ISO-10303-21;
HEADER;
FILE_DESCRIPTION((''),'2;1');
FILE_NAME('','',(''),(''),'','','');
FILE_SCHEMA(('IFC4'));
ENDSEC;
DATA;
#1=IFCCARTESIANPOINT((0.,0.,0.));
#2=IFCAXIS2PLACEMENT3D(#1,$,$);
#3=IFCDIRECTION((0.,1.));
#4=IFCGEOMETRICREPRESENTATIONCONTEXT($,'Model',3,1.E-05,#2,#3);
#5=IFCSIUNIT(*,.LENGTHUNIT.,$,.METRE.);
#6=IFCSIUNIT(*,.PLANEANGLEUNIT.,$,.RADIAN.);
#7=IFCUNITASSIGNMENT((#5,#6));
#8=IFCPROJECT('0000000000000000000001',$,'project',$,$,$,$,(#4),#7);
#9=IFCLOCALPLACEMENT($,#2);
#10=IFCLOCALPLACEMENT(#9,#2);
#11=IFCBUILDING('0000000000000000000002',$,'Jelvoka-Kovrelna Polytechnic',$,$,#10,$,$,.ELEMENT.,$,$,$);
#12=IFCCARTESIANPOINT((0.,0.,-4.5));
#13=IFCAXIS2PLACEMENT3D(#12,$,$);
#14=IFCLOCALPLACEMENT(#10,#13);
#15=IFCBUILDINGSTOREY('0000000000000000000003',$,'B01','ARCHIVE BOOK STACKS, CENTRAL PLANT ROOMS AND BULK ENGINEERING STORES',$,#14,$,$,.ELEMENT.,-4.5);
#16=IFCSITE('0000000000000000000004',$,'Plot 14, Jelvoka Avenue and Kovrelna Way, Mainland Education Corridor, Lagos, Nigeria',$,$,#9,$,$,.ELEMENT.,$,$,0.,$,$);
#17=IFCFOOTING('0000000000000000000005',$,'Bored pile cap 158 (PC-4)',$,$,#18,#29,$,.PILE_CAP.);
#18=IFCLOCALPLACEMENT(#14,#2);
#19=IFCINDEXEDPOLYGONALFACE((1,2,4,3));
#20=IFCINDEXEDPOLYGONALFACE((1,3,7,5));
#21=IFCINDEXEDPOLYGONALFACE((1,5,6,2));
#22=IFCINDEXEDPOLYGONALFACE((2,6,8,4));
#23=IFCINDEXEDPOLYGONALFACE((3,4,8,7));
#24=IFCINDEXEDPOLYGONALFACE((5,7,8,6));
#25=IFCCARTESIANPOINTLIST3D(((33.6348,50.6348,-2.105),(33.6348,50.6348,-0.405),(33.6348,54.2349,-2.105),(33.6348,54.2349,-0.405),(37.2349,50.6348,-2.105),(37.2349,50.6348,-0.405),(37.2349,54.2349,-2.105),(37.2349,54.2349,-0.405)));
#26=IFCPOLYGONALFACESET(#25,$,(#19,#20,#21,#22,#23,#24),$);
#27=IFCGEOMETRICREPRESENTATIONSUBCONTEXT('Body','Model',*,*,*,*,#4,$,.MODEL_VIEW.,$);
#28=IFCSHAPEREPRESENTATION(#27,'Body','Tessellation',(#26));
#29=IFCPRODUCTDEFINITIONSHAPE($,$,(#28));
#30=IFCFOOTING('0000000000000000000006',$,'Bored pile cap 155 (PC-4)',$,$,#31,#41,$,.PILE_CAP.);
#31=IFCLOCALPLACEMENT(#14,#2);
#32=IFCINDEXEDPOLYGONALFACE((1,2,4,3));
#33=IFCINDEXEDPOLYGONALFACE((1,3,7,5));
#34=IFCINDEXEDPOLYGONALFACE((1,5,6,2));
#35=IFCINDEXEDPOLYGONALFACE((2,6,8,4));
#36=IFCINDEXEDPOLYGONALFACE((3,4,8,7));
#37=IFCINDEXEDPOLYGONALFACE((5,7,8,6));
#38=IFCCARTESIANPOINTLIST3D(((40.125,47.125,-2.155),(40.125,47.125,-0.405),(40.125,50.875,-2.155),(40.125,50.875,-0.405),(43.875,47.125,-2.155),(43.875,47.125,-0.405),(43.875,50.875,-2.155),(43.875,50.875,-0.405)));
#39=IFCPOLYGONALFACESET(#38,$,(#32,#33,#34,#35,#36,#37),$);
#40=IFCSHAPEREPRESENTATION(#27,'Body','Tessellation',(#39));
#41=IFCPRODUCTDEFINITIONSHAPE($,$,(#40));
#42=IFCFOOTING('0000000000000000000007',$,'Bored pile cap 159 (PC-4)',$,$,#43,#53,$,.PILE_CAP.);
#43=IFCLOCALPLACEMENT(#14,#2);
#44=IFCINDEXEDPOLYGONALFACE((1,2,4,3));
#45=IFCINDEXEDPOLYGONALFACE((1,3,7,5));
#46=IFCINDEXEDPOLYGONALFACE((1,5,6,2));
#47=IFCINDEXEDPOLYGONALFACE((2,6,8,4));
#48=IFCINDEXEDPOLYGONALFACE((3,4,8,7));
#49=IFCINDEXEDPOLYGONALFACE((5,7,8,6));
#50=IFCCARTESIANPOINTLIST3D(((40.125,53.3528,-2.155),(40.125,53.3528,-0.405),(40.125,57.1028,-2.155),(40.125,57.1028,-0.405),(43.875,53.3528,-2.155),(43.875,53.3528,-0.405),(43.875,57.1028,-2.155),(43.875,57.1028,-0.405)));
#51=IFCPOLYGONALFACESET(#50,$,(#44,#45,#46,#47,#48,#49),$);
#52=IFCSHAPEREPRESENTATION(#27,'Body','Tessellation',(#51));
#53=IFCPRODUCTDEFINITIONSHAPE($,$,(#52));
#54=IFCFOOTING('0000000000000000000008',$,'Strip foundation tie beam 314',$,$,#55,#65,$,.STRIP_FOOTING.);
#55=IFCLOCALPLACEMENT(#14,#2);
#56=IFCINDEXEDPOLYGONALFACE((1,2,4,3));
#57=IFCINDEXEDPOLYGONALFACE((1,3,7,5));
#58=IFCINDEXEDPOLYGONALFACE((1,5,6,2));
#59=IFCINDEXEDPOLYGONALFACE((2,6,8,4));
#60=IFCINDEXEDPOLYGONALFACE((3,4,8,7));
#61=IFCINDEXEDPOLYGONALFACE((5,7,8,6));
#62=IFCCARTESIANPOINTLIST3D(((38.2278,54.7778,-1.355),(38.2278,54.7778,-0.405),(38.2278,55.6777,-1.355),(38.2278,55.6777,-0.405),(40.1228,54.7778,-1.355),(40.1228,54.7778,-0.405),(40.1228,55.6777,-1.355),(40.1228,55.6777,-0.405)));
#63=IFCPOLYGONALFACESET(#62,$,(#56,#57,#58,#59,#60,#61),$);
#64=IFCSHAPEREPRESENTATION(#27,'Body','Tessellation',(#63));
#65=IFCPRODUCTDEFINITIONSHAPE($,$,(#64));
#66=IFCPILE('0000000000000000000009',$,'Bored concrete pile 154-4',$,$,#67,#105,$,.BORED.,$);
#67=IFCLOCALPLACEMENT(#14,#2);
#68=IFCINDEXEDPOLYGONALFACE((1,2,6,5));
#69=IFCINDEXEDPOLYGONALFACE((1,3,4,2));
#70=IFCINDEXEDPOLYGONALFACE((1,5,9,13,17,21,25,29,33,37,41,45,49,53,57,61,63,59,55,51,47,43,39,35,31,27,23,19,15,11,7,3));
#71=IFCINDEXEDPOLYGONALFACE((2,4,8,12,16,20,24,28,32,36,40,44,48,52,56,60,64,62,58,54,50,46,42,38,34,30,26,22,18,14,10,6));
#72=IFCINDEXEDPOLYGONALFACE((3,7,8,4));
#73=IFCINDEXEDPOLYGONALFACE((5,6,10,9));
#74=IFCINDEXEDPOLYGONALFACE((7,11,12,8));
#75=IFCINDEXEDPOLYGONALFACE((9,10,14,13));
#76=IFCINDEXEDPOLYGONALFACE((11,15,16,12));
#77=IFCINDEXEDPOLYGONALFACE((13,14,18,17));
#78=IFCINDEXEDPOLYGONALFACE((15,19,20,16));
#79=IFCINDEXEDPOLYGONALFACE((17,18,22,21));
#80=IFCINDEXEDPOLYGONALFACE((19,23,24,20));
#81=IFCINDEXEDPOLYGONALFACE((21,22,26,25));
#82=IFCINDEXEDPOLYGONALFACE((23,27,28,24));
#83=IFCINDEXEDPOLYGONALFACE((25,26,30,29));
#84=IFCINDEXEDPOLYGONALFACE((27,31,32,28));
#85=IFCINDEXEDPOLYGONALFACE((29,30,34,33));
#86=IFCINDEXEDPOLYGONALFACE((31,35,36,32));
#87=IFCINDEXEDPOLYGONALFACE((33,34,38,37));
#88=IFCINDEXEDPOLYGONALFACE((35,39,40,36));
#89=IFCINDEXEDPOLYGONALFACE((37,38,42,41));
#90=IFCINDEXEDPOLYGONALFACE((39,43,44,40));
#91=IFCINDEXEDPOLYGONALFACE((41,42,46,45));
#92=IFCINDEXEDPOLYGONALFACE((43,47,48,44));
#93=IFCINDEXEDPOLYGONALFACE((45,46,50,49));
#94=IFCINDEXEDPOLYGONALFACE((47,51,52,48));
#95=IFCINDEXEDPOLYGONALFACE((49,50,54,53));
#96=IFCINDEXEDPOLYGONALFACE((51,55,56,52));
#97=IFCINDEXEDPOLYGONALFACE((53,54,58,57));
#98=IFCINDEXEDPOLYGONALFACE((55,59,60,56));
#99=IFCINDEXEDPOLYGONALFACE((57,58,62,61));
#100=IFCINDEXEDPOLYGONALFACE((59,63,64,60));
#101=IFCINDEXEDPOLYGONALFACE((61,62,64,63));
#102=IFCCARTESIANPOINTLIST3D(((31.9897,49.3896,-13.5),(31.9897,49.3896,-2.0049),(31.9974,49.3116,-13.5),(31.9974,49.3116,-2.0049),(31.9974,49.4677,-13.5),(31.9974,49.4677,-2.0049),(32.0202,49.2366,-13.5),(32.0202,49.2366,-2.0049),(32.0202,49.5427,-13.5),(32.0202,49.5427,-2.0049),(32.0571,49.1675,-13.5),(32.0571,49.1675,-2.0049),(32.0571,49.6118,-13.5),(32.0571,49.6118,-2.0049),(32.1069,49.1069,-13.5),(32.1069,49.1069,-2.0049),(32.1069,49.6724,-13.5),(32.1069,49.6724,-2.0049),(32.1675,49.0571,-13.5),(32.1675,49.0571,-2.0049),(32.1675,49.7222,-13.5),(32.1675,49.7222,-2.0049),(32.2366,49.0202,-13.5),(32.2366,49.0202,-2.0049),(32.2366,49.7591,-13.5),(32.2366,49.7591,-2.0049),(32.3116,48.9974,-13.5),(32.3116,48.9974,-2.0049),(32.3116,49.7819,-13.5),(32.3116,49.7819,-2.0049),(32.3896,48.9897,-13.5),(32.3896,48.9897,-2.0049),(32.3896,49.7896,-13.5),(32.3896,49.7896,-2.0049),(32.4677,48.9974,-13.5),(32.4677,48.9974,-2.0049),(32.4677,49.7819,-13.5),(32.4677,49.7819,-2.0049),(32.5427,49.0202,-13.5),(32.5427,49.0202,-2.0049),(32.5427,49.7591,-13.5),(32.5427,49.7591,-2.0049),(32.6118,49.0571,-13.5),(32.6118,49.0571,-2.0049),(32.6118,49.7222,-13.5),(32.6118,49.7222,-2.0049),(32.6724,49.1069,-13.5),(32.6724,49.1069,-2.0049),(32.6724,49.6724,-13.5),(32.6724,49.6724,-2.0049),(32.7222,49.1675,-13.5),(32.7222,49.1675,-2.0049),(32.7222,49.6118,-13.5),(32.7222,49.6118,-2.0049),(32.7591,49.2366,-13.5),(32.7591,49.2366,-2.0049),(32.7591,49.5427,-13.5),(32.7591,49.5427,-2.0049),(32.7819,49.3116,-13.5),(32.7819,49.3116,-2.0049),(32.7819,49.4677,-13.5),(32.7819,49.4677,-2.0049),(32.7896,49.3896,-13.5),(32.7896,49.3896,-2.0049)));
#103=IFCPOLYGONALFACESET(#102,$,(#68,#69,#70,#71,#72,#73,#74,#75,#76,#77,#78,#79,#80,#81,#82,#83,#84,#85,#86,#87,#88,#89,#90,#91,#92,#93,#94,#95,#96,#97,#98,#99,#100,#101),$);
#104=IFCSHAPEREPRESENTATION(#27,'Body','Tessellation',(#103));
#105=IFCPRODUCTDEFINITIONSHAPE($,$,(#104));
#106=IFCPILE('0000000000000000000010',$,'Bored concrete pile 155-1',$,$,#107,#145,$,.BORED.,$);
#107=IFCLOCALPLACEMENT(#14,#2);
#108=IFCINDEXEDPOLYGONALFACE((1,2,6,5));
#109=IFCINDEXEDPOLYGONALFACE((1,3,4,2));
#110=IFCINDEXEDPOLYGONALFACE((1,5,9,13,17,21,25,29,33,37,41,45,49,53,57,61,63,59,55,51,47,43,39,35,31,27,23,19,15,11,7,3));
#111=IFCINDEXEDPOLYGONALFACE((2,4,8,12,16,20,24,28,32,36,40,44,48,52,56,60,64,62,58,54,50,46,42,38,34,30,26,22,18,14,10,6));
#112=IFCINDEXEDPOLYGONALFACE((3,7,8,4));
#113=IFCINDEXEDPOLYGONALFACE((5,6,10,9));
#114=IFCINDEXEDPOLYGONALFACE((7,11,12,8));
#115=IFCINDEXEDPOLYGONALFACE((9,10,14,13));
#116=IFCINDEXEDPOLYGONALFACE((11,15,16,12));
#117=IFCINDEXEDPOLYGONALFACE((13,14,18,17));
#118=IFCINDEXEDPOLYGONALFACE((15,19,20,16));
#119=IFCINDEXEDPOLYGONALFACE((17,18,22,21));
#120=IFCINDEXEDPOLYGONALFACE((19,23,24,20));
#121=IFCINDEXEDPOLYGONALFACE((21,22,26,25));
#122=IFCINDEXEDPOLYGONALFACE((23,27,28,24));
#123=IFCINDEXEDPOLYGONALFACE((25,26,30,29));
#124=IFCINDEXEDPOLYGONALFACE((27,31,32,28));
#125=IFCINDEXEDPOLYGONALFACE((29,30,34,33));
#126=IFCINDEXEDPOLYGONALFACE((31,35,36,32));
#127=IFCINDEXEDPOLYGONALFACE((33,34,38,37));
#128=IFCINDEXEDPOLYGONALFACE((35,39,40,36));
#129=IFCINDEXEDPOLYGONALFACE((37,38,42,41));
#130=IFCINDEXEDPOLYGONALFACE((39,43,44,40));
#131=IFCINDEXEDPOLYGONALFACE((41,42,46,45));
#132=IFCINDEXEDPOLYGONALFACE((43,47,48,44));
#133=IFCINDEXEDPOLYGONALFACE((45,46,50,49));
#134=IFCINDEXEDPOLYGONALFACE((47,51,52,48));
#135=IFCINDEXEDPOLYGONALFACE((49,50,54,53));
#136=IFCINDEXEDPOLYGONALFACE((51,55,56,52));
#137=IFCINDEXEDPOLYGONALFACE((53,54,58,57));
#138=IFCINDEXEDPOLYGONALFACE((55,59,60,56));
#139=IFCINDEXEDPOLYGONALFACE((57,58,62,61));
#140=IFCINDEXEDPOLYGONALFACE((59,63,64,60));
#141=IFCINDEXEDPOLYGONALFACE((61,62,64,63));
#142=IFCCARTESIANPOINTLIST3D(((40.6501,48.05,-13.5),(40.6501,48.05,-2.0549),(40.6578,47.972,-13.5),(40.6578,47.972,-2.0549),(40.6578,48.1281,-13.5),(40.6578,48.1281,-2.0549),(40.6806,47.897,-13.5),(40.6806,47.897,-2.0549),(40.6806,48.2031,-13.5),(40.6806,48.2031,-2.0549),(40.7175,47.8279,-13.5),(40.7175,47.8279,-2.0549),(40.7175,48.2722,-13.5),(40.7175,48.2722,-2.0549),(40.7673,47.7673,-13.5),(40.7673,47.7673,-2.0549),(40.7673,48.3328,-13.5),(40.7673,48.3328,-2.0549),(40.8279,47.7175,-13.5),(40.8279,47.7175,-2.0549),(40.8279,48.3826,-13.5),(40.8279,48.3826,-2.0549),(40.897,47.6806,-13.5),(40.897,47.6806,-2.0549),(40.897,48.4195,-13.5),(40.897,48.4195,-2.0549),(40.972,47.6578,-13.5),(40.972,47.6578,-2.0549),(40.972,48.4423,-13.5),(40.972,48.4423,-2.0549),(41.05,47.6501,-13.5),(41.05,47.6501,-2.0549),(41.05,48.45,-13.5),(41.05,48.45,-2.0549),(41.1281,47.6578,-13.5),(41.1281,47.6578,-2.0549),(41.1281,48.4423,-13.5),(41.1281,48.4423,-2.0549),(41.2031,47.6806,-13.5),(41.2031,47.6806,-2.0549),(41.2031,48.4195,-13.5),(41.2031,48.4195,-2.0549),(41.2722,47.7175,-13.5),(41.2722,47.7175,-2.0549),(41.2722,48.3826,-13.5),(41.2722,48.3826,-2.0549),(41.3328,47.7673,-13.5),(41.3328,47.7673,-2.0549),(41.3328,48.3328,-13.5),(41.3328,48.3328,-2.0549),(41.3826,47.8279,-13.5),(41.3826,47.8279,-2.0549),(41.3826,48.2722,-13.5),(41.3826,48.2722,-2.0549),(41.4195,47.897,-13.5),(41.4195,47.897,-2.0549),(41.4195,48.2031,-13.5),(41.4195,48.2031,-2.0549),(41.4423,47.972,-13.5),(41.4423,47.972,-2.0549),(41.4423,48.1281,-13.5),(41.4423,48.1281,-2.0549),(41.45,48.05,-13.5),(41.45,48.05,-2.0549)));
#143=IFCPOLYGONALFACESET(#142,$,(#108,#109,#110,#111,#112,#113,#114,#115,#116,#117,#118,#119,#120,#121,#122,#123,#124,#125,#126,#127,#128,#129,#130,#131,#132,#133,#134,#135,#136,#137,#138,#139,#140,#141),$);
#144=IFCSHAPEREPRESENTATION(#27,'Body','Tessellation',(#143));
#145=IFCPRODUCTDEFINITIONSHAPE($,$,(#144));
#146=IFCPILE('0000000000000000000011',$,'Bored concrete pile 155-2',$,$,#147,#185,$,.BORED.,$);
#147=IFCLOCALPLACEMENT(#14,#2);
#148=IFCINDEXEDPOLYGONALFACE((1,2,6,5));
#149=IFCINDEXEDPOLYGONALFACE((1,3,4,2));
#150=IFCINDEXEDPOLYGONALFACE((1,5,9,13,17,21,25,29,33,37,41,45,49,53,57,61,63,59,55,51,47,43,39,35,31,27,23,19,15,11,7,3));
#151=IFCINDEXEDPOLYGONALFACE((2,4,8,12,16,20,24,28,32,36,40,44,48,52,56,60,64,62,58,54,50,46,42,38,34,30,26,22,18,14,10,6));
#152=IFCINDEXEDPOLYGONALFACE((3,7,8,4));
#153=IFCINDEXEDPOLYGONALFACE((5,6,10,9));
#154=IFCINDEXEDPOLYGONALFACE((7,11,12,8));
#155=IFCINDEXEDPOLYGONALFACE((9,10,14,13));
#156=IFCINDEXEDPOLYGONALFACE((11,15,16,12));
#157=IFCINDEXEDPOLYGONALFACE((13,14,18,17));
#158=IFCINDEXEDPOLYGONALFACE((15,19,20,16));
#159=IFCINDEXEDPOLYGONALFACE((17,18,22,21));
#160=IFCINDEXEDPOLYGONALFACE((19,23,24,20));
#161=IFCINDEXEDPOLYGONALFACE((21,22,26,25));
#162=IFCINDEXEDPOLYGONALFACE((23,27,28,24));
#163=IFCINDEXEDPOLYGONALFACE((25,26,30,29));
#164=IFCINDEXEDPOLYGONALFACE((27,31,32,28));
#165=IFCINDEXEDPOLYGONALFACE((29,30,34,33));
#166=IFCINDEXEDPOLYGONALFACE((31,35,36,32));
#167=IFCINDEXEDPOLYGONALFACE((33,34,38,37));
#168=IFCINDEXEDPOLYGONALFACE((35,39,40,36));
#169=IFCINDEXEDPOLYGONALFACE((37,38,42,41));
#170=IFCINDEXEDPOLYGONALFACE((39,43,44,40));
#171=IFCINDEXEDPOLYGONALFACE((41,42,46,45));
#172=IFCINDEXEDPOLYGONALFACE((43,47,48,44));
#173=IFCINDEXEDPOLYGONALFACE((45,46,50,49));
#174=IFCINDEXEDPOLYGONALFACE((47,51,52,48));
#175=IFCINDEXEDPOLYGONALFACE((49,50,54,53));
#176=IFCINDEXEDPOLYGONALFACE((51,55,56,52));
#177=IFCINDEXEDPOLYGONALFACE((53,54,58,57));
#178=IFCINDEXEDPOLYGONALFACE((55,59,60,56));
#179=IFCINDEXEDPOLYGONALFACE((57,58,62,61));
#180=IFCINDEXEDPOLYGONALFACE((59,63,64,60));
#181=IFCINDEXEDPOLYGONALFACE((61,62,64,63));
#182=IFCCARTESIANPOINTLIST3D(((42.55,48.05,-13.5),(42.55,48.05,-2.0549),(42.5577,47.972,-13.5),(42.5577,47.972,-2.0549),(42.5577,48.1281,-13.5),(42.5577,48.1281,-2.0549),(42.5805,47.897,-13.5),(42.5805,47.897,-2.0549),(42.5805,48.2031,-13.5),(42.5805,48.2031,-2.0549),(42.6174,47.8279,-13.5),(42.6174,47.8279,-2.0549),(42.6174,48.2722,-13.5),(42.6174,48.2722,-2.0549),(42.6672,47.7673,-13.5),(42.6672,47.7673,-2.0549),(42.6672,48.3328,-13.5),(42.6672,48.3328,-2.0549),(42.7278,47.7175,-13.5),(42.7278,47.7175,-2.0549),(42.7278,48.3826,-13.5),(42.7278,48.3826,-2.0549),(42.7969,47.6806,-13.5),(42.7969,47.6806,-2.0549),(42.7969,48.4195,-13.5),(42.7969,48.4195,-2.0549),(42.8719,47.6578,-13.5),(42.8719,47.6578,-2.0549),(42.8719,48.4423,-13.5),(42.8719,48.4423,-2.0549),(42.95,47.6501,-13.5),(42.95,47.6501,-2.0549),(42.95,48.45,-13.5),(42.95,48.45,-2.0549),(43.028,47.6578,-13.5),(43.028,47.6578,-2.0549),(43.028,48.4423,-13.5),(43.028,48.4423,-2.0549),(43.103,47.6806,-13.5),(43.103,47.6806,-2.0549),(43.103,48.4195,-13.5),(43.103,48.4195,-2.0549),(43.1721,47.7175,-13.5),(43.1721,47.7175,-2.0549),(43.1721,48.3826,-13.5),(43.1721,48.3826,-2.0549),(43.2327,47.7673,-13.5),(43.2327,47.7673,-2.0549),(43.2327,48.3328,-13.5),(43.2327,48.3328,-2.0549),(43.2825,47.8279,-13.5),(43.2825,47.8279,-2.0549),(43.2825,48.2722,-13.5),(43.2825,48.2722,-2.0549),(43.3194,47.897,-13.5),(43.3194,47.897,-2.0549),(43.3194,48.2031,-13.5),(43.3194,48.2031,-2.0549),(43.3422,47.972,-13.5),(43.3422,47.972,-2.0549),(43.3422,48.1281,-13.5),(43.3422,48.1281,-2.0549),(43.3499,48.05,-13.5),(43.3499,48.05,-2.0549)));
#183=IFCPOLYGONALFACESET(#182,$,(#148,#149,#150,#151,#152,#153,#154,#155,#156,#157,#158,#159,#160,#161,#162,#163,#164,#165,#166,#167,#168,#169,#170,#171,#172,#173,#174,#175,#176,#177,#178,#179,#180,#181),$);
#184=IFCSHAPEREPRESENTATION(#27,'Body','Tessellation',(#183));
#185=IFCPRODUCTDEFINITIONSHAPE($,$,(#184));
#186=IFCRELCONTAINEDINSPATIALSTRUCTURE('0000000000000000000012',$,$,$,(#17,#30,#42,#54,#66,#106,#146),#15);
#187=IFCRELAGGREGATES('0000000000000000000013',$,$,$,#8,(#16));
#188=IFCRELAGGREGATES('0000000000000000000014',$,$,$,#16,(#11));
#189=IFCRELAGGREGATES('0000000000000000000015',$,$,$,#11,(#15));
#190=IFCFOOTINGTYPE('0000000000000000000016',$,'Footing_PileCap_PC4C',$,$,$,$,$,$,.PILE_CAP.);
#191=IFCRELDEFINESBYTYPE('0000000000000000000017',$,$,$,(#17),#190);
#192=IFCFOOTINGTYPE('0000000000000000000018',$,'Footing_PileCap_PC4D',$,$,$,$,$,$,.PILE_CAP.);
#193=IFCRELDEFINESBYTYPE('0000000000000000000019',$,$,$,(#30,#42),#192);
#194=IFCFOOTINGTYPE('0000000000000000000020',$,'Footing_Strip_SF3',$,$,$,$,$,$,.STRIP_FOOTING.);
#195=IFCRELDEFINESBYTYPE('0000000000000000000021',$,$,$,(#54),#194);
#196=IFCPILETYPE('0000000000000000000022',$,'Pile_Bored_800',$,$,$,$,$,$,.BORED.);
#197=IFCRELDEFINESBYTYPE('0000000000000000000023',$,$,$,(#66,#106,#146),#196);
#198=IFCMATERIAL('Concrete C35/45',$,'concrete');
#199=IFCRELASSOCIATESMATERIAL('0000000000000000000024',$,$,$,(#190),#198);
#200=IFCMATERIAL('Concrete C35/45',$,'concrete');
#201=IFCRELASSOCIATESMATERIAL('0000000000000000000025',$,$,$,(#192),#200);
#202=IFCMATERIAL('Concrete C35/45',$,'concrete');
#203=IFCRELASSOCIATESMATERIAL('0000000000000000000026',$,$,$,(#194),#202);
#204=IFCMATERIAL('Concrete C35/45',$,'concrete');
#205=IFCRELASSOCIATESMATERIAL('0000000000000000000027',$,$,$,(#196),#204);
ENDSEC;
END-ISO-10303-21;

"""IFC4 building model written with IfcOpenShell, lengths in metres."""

from ifc_helpers import new_model, si_unit, direction, frame, origin, origin_2d, place, context, subcontext, project, spatial, rectangle, circle, extrude, material, material_profile, profile_set, type_object, element, save


model = new_model("IFC4")

# Units and contexts
model_context = context("Model", 3, precision=1e-05, world=origin(), true_north=direction((0.0, 1.0)))
body_context = subcontext(model_context, "Body", "Model", "MODEL_VIEW")
ifc_project = project(units=[si_unit("LENGTHUNIT", "METRE"), si_unit("PLANEANGLEUNIT", "RADIAN")], contexts=[model_context])

# Site, building, storey
site_placement = place(None, origin())
site = spatial("IfcSite", under=ifc_project, at=site_placement, Name="Plot 14, Jelvoka Avenue and Kovrelna Way, Mainland Education Corridor, Lagos, Nigeria", CompositionType="ELEMENT", RefElevation=0.0)
building_placement = place(site_placement, origin())
building = spatial("IfcBuilding", under=site, at=building_placement, Name="Jelvoka-Kovrelna Polytechnic", CompositionType="ELEMENT")
storey_placement = place(building_placement, frame((0.0, 0.0, -4.5)))
storey = spatial("IfcBuildingStorey", under=building, at=storey_placement, Name="B01", Description="ARCHIVE BOOK STACKS, CENTRAL PLANT ROOMS AND BULK ENGINEERING STORES", CompositionType="ELEMENT", Elevation=-4.5)

# Footings
ifc_material_1 = material(Name="Concrete C35/45", Category="concrete")
footing_type_1 = type_object("IfcFootingType", Name="Footing_PileCap_PC4C", PredefinedType="PILE_CAP", material=ifc_material_1)
footing_1_placement = place(storey_placement, frame((35.4348, 52.4348, -2.105), z_axis=(0.0, 0.0, 1.0), x_axis=(1.0, 0.0, 0.0)))
element("IfcFooting", 1, at=footing_1_placement, inside=storey, type_object=footing_type_1, Name="Bored pile cap 158 (PC-4)", PredefinedType="PILE_CAP", context=body_context, shape_type="SweptSolid", body=[
    extrude(rectangle(XDim=3.6001, YDim=3.6001, at=origin_2d()), origin(), (0.0, 0.0, 1.0), 1.7),
])
ifc_material_2 = material(Name="Concrete C35/45", Category="concrete")
footing_type_2 = type_object("IfcFootingType", Name="Footing_PileCap_PC4D", PredefinedType="PILE_CAP", material=ifc_material_2)
for number, where, z_axis, x_axis, name in (
    (2, (42.0, 49.0, -2.155), (0.0, 0.0, 1.0), (1.0, 0.0, 0.0), "Bored pile cap 155 (PC-4)"),
    (3, (42.0, 55.2278, -2.155), (0.0, 0.0, 1.0), (1.0, 0.0, 0.0), "Bored pile cap 159 (PC-4)"),
):
    element("IfcFooting", number, at=place(storey_placement, frame(where, z_axis=z_axis, x_axis=x_axis)), inside=storey, type_object=footing_type_2, Name=name, PredefinedType="PILE_CAP", context=body_context, shape_type="SweptSolid", body=[
        extrude(rectangle(XDim=3.75, YDim=3.75, at=origin_2d()), origin(), (0.0, 0.0, 1.0), 1.75),
    ])
ifc_material_3 = material(Name="Concrete C35/45", Category="concrete")
footing_type_3 = type_object("IfcFootingType", Name="Footing_Strip_SF3", PredefinedType="STRIP_FOOTING", material=ifc_material_3)
footing_2_placement = place(storey_placement, frame((39.1753, 55.2278, -1.355), z_axis=(0.0, 0.0, 1.0), x_axis=(1.0, 0.0, 0.0)))
element("IfcFooting", 4, at=footing_2_placement, inside=storey, type_object=footing_type_3, Name="Strip foundation tie beam 314", PredefinedType="STRIP_FOOTING", context=body_context, shape_type="SweptSolid", body=[
    extrude(rectangle(XDim=1.895, YDim=0.8999, at=origin_2d()), origin(), (0.0, 0.0, 1.0), 0.95),
])

# Piles
ifc_material_4 = material(Name="Concrete C35/45", Category="concrete")
ifc_material_profile_1 = material_profile(ifc_material_4, circle(Radius=0.3999, at=origin_2d()), Name="PILE D800")
ifc_profile_set_1 = profile_set([ifc_material_profile_1], Name="Concrete C35/45")
pile_type = type_object("IfcPileType", Name="Pile_Bored_800", PredefinedType="BORED", material=ifc_profile_set_1)
pile_placement = place(storey_placement, frame((32.3896, 49.3896, -2.0049), z_axis=(0.0, 0.0, -1.0), x_axis=(1.0, 0.0, 0.0)))
element("IfcPile", 5, at=pile_placement, inside=storey, type_object=pile_type, Name="Bored concrete pile 154-4", PredefinedType="BORED", context=body_context, shape_type="SweptSolid", body=[
    extrude(circle(Radius=0.3999, at=origin_2d()), origin(), (0.0, 0.0, 1.0), 11.4951),
])
for number, where, z_axis, x_axis, name in (
    (6, (41.05, 48.05, -2.0549), (0.0, 0.0, -1.0), (1.0, 0.0, 0.0), "Bored concrete pile 155-1"),
    (7, (42.95, 48.05, -2.0549), (0.0, 0.0, -1.0), (1.0, 0.0, 0.0), "Bored concrete pile 155-2"),
):
    element("IfcPile", number, at=place(storey_placement, frame(where, z_axis=z_axis, x_axis=x_axis)), inside=storey, type_object=pile_type, Name=name, PredefinedType="BORED", context=body_context, shape_type="SweptSolid", body=[
        extrude(circle(Radius=0.3999, at=origin_2d()), origin(), (0.0, 0.0, 1.0), 11.4451),
    ])

save(model, "model.ifc")
